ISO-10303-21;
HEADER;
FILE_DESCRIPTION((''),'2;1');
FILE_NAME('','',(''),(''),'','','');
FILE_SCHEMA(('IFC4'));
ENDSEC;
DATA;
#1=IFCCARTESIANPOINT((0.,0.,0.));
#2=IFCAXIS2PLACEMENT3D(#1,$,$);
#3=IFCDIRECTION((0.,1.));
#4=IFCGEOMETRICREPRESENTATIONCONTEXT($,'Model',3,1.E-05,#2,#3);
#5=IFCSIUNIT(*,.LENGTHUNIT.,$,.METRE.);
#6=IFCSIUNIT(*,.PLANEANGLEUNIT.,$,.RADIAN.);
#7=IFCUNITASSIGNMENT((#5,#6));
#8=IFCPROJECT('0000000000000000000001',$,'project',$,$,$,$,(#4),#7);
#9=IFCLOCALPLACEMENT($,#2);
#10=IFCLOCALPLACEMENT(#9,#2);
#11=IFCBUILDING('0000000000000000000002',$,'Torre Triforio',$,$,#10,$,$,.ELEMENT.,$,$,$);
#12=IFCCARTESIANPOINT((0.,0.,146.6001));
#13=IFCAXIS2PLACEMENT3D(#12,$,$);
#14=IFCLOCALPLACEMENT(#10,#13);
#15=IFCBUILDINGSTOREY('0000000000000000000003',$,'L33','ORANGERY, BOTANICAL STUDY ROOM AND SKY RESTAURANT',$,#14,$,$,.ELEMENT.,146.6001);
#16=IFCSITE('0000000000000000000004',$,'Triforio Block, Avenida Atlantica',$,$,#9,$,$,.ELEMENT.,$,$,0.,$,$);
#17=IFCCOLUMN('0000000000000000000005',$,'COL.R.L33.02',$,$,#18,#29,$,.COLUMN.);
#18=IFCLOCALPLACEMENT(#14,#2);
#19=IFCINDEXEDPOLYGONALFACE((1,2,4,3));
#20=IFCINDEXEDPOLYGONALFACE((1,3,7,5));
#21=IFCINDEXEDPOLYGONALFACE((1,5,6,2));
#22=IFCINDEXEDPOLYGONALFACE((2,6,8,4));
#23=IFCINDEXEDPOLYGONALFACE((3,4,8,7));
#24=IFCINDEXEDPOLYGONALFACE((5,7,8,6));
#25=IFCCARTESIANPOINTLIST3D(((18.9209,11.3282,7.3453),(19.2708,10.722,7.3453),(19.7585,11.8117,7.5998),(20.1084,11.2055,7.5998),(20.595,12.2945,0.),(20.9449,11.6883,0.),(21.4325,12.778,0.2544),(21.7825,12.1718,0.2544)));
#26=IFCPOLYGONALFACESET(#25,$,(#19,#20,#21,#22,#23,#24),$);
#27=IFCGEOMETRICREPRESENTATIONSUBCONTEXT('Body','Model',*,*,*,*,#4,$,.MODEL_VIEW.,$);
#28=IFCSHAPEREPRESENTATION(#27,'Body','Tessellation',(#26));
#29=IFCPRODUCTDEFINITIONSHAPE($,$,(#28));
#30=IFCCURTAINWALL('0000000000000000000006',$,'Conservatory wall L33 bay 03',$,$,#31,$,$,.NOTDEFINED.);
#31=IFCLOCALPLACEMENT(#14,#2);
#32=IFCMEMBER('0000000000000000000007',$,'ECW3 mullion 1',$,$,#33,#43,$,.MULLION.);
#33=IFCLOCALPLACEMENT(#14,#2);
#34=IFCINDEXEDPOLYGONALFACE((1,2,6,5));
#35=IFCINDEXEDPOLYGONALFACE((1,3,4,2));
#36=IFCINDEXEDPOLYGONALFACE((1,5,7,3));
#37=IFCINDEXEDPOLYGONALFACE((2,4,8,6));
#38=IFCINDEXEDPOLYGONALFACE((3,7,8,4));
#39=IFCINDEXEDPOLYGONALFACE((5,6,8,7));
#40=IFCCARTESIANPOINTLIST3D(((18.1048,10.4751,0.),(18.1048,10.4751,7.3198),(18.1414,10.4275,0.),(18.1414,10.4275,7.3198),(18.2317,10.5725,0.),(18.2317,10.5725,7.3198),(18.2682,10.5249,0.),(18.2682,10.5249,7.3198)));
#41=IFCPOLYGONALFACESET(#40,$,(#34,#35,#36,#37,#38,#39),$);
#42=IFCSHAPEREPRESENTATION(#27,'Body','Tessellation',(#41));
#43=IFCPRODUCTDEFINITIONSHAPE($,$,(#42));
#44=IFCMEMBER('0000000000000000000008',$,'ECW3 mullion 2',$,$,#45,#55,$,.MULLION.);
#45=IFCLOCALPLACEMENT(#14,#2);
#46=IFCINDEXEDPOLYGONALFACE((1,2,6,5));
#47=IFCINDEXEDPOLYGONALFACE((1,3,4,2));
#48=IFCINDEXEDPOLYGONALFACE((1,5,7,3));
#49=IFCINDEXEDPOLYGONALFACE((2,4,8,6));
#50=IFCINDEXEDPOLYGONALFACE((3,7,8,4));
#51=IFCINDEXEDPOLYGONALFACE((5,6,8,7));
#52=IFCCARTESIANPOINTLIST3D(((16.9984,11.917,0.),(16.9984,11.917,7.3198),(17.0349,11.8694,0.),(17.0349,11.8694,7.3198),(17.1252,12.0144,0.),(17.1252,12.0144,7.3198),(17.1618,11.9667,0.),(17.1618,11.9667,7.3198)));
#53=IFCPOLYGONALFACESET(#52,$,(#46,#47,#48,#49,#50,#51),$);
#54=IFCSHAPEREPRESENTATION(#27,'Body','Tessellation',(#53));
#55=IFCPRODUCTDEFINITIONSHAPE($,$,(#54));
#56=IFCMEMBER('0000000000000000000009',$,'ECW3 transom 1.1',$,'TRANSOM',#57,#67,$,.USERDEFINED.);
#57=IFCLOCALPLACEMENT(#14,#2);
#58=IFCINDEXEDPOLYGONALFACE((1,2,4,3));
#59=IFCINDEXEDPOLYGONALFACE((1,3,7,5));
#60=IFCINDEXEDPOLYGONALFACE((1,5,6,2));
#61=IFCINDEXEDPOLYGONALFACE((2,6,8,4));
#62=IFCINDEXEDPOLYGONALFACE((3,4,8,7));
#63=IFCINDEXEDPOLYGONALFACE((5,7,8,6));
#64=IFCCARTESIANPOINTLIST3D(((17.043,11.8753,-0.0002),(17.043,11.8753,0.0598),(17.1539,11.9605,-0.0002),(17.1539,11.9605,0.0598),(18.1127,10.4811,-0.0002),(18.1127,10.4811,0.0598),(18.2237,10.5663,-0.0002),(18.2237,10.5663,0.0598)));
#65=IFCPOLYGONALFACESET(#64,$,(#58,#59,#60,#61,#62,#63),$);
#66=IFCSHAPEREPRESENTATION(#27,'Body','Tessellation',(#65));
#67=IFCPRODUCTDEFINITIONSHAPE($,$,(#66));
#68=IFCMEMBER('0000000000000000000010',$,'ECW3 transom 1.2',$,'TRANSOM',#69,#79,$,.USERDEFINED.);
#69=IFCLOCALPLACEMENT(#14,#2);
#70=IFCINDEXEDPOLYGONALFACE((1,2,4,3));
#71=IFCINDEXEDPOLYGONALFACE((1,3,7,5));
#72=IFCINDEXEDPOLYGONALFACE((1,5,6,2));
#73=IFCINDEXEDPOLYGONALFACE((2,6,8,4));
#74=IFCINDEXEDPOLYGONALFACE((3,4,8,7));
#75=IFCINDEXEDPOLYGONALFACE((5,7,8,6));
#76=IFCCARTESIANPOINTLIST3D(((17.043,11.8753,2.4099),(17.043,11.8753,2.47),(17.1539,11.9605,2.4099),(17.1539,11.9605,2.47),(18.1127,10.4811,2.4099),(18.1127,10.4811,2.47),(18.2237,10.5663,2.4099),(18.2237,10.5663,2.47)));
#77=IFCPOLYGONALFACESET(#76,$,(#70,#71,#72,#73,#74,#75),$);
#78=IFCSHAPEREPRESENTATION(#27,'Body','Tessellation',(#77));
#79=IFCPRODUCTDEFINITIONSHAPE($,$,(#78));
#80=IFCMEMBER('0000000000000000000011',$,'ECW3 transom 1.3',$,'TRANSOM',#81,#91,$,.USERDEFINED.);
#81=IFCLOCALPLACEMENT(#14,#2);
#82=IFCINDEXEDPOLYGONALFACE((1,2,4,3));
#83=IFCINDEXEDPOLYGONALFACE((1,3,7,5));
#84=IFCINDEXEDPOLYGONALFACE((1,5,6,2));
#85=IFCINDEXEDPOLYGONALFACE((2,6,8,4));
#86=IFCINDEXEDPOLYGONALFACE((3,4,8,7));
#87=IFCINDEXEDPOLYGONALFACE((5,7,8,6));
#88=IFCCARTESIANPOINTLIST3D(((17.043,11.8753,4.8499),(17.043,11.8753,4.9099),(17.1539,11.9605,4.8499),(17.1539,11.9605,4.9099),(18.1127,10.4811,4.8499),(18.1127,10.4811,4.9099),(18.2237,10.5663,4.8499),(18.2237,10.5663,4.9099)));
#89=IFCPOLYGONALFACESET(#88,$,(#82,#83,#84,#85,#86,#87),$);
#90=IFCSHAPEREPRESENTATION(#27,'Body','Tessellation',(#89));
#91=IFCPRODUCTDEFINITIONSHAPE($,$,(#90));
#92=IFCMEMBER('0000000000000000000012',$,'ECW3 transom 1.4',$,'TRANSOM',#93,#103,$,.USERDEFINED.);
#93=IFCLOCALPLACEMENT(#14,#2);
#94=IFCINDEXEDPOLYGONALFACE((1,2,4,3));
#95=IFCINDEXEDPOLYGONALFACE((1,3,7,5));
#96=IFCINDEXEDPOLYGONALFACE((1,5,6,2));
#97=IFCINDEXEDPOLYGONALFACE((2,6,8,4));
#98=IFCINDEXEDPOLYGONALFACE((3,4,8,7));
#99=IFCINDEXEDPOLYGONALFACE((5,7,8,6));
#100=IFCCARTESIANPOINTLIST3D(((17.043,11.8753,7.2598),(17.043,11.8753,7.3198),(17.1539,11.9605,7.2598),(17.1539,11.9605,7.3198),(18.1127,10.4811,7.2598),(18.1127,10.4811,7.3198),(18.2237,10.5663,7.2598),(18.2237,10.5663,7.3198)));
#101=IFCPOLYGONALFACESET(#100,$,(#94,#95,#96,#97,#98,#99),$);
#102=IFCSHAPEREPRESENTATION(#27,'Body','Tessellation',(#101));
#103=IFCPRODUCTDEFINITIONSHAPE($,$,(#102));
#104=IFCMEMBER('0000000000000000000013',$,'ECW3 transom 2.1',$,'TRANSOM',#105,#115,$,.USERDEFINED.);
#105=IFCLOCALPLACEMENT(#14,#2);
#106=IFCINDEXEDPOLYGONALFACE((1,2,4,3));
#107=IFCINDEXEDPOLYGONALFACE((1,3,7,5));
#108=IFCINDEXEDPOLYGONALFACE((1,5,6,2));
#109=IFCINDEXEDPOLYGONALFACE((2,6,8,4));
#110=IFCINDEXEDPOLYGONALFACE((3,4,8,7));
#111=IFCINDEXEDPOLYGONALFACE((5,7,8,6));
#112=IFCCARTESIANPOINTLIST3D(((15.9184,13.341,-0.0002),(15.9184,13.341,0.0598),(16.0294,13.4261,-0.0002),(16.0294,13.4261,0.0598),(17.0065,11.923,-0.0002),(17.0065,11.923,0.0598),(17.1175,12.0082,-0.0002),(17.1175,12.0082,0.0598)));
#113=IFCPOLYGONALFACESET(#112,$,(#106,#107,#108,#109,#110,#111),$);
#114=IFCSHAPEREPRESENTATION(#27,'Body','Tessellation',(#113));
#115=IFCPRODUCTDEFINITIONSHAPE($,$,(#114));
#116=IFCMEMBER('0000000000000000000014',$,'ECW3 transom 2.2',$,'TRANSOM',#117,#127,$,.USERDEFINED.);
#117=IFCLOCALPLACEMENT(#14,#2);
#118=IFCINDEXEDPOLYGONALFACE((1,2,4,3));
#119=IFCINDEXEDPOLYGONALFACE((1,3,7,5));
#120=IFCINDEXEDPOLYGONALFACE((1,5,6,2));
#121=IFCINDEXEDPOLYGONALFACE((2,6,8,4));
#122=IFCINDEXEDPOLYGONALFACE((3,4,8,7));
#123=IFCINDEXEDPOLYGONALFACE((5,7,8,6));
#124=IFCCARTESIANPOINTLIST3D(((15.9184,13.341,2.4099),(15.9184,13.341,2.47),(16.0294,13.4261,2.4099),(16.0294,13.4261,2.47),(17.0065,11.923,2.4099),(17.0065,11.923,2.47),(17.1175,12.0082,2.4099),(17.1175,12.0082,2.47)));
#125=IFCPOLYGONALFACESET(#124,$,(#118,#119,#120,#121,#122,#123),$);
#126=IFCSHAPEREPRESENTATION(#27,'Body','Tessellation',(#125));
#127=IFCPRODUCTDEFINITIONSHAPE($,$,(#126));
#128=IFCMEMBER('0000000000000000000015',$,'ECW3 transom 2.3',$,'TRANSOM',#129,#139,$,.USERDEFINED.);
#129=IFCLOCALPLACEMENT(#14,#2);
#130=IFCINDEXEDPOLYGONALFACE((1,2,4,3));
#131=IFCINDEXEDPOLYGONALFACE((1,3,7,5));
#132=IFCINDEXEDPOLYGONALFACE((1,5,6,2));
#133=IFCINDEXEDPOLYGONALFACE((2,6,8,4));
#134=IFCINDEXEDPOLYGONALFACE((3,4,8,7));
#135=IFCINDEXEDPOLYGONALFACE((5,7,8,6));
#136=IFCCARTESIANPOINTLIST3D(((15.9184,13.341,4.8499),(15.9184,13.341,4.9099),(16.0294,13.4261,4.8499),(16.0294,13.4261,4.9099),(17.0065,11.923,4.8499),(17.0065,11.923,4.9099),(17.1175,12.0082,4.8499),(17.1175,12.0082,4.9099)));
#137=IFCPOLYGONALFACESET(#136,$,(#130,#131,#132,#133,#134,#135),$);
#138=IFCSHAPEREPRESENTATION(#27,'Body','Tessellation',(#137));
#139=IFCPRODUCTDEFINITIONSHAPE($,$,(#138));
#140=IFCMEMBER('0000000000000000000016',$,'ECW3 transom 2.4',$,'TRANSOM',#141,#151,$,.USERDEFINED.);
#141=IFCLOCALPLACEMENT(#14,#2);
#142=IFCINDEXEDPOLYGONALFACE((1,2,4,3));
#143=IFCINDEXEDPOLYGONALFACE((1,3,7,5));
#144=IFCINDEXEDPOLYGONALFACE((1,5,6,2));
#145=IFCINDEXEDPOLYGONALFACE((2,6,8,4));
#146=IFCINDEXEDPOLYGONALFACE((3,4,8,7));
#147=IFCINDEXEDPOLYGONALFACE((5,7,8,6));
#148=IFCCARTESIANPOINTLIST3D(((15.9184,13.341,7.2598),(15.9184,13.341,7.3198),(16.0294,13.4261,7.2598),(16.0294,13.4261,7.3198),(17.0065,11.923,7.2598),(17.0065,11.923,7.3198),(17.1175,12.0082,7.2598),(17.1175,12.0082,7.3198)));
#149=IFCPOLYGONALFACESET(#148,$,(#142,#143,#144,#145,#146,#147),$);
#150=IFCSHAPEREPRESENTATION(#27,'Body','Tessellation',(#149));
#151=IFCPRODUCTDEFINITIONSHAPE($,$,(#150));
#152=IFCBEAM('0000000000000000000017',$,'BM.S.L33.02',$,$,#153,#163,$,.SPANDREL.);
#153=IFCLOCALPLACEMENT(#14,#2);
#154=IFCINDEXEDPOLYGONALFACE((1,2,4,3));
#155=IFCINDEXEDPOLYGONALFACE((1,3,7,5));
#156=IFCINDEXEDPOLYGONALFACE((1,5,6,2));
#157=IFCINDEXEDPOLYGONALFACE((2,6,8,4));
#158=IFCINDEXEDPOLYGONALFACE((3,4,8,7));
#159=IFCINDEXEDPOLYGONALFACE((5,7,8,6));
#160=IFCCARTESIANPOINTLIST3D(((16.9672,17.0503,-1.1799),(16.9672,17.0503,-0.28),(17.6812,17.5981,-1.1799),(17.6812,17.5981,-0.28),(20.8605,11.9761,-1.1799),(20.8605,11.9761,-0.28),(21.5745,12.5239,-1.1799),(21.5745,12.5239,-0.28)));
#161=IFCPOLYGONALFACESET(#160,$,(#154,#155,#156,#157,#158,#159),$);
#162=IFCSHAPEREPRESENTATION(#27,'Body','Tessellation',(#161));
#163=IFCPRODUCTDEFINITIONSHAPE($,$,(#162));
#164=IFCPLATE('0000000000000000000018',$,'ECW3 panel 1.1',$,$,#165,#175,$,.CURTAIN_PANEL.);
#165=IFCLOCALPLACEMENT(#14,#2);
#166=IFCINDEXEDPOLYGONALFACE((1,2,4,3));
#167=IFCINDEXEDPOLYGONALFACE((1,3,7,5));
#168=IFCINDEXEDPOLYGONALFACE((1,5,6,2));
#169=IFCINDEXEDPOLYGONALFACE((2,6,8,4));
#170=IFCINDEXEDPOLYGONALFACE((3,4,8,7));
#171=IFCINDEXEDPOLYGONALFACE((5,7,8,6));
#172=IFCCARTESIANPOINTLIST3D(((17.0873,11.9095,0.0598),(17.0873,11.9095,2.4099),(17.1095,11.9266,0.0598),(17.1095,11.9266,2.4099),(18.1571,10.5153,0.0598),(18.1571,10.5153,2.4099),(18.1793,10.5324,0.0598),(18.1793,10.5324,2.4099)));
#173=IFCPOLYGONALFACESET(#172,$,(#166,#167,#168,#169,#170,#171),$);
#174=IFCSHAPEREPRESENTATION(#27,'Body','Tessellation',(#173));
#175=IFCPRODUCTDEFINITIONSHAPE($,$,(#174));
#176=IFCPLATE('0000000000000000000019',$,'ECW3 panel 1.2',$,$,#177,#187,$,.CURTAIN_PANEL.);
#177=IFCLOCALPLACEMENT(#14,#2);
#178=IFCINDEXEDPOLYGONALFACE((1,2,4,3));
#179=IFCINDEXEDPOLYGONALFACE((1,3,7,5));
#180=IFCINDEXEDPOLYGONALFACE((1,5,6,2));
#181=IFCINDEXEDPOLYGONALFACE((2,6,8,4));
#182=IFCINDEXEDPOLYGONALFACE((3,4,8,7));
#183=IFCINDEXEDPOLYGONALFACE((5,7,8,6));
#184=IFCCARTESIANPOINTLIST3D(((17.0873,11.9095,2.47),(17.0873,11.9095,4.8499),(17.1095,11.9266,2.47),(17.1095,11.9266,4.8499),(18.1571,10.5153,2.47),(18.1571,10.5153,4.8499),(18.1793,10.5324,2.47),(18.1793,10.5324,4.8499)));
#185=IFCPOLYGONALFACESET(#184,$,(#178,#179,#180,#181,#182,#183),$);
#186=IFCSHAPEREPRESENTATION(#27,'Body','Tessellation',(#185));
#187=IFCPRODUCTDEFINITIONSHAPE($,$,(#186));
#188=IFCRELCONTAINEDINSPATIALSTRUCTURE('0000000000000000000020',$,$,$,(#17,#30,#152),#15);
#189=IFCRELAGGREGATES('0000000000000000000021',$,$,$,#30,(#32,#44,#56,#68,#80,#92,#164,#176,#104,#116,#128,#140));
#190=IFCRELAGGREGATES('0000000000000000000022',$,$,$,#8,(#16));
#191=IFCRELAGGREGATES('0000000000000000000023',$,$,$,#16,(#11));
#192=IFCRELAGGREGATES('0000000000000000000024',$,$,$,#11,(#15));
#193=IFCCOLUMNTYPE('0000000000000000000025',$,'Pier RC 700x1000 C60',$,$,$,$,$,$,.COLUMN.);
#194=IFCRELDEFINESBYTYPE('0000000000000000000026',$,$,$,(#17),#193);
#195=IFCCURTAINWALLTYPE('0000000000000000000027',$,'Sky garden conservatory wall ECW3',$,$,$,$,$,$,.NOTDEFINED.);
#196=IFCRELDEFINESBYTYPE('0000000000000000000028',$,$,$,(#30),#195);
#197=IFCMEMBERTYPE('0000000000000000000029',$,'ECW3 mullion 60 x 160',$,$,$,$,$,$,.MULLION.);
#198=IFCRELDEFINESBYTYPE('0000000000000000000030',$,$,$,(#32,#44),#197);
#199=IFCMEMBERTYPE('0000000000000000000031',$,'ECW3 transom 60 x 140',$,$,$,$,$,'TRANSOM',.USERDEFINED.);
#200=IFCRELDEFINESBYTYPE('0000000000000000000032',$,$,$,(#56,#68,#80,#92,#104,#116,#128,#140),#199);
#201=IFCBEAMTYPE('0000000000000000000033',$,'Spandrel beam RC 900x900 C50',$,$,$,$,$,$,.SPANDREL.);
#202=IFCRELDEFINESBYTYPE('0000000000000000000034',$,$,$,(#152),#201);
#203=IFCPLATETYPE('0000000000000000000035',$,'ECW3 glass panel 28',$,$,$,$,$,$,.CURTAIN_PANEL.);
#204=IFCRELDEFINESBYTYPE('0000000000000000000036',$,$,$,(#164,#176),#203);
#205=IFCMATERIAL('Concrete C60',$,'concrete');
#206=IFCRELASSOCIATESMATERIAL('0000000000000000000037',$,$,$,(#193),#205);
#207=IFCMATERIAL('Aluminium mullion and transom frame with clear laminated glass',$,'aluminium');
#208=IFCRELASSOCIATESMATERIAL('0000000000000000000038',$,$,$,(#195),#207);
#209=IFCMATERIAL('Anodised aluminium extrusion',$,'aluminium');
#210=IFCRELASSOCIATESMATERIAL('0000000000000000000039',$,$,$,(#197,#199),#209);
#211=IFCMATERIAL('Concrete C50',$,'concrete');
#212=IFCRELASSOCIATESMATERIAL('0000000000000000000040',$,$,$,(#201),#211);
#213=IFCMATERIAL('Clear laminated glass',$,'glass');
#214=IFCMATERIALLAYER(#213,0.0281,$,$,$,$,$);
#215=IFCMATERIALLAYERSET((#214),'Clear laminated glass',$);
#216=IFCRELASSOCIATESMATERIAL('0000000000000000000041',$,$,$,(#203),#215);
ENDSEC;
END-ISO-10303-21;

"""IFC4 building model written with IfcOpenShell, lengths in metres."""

from ifc_helpers import new_model, si_unit, direction, frame, origin, origin_2d, place, context, subcontext, project, spatial, rectangle, extrude, material, layer, layer_set, material_profile, profile_set, type_object, element, aggregate, save


model = new_model("IFC4")

# Units and contexts
model_context = context("Model", 3, precision=1e-05, world=origin(), true_north=direction((0.0, 1.0)))
body_context = subcontext(model_context, "Body", "Model", "MODEL_VIEW")
ifc_project = project(units=[si_unit("LENGTHUNIT", "METRE"), si_unit("PLANEANGLEUNIT", "RADIAN")], contexts=[model_context])

# Site, building, storey
site_placement = place(None, origin())
site = spatial("IfcSite", under=ifc_project, at=site_placement, Name="Triforio Block, Avenida Atlantica", CompositionType="ELEMENT", RefElevation=0.0)
building_placement = place(site_placement, origin())
building = spatial("IfcBuilding", under=site, at=building_placement, Name="Torre Triforio", CompositionType="ELEMENT")
storey_placement = place(building_placement, frame((0.0, 0.0, 146.6001)))
storey = spatial("IfcBuildingStorey", under=building, at=storey_placement, Name="L33", Description="ORANGERY, BOTANICAL STUDY ROOM AND SKY RESTAURANT", CompositionType="ELEMENT", Elevation=146.6001)

# Column
ifc_material_1 = material(Name="Concrete C60", Category="concrete")
ifc_material_profile_1 = material_profile(ifc_material_1, rectangle(XDim=0.7, YDim=1.0, at=origin_2d()), Name="RC 700x1000")
ifc_profile_set_1 = profile_set([ifc_material_profile_1], Name="Concrete C60")
column_type = type_object("IfcColumnType", Name="Pier RC 700x1000 C60", PredefinedType="COLUMN", material=ifc_profile_set_1)
column_placement = place(storey_placement, frame((21.1887, 12.2332, 0.1272), z_axis=(-0.220402, -0.127221, 0.967077), x_axis=(0.499916, -0.866074, 0.0)))
element("IfcColumn", 1, at=column_placement, inside=storey, type_object=column_type, Name="COL.R.L33.02", PredefinedType="COLUMN", context=body_context, shape_type="SweptSolid", body=[
    extrude(rectangle(XDim=0.7, YDim=1.0, at=origin_2d()), origin(), (0.0, 0.0, 1.0), 7.5955),
])

# Curtain wall, members
ifc_material_2 = material(Name="Aluminium mullion and transom frame with clear laminated glass", Category="aluminium")
curtain_wall_type = type_object("IfcCurtainWallType", Name="Sky garden conservatory wall ECW3", PredefinedType="NOTDEFINED", material=ifc_material_2)
curtain_wall_placement = place(storey_placement, origin())
curtain_wall = element("IfcCurtainWall", 2, at=curtain_wall_placement, inside=storey, type_object=curtain_wall_type, Name="Conservatory wall L33 bay 03", PredefinedType="NOTDEFINED")
ifc_material_3 = material(Name="Anodised aluminium extrusion", Category="aluminium")
ifc_material_profile_2 = material_profile(ifc_material_3, rectangle(XDim=0.1599, YDim=0.0601, at=origin_2d()), Name="ECW3 MULLION 60x160")
ifc_profile_set_2 = profile_set([ifc_material_profile_2], Name="Anodised aluminium extrusion")
member_type_1 = type_object("IfcMemberType", Name="ECW3 mullion 60 x 160", PredefinedType="MULLION", material=ifc_profile_set_2)
member_1_placement = place(storey_placement, frame((18.1865, 10.5, 0.0), z_axis=(0.0, 0.0, 1.0), x_axis=(-0.793352, -0.608763, 0.0)))
member_1 = element("IfcMember", 3, at=member_1_placement, type_object=member_type_1, Name="ECW3 mullion 1", PredefinedType="MULLION", context=body_context, shape_type="SweptSolid", body=[
    extrude(rectangle(XDim=0.1599, YDim=0.0601, at=origin_2d()), origin(), (0.0, 0.0, 1.0), 7.3198),
])
member_2_placement = place(storey_placement, frame((17.0801, 11.9419, 0.0), z_axis=(0.0, 0.0, 1.0), x_axis=(-0.793352, -0.608763, 0.0)))
member_2 = element("IfcMember", 4, at=member_2_placement, type_object=member_type_1, Name="ECW3 mullion 2", PredefinedType="MULLION", context=body_context, shape_type="SweptSolid", body=[
    extrude(rectangle(XDim=0.1599, YDim=0.0601, at=origin_2d()), origin(), (0.0, 0.0, 1.0), 7.3198),
])
ifc_material_profile_3 = material_profile(ifc_material_3, rectangle(XDim=0.1399, YDim=0.0601, at=origin_2d()), Name="ECW3 TRANSOM 60x140")
ifc_profile_set_3 = profile_set([ifc_material_profile_3], Name="Anodised aluminium extrusion")
member_type_2 = type_object("IfcMemberType", Name="ECW3 transom 60 x 140", ElementType="TRANSOM", PredefinedType="USERDEFINED", material=ifc_profile_set_3)
member_3_placement = place(storey_placement, frame((18.1682, 10.5237, 0.0298), z_axis=(-0.608744, 0.793367, 0.0), x_axis=(-0.793367, -0.608744, 0.0)))
member_3 = element("IfcMember", 5, at=member_3_placement, type_object=member_type_2, Name="ECW3 transom 1.1", ObjectType="TRANSOM", PredefinedType="USERDEFINED", context=body_context, shape_type="SweptSolid", body=[
    extrude(rectangle(XDim=0.1399, YDim=0.0601, at=origin_2d()), origin(), (0.0, 0.0, 1.0), 1.7573),
])
member_4_placement = place(storey_placement, frame((18.1682, 10.5237, 2.4399), z_axis=(-0.608744, 0.793367, 0.0), x_axis=(-0.793367, -0.608744, 0.0)))
member_4 = element("IfcMember", 6, at=member_4_placement, type_object=member_type_2, Name="ECW3 transom 1.2", ObjectType="TRANSOM", PredefinedType="USERDEFINED", context=body_context, shape_type="SweptSolid", body=[
    extrude(rectangle(XDim=0.1399, YDim=0.0601, at=origin_2d()), origin(), (0.0, 0.0, 1.0), 1.7573),
])
member_5_placement = place(storey_placement, frame((18.1682, 10.5237, 4.8799), z_axis=(-0.608744, 0.793367, 0.0), x_axis=(-0.793367, -0.608744, 0.0)))
member_5 = element("IfcMember", 7, at=member_5_placement, type_object=member_type_2, Name="ECW3 transom 1.3", ObjectType="TRANSOM", PredefinedType="USERDEFINED", context=body_context, shape_type="SweptSolid", body=[
    extrude(rectangle(XDim=0.1399, YDim=0.0601, at=origin_2d()), origin(), (0.0, 0.0, 1.0), 1.7573),
])
member_6_placement = place(storey_placement, frame((18.1682, 10.5237, 7.2898), z_axis=(-0.608744, 0.793367, 0.0), x_axis=(-0.793367, -0.608744, 0.0)))
member_6 = element("IfcMember", 8, at=member_6_placement, type_object=member_type_2, Name="ECW3 transom 1.4", ObjectType="TRANSOM", PredefinedType="USERDEFINED", context=body_context, shape_type="SweptSolid", body=[
    extrude(rectangle(XDim=0.1399, YDim=0.0601, at=origin_2d()), origin(), (0.0, 0.0, 1.0), 1.7573),
])
member_7_placement = place(storey_placement, frame((17.062, 11.9656, 0.0298), z_axis=(-0.608793, 0.793329, 0.0), x_axis=(-0.793329, -0.608793, 0.0)))
member_7 = element("IfcMember", 9, at=member_7_placement, type_object=member_type_2, Name="ECW3 transom 2.1", ObjectType="TRANSOM", PredefinedType="USERDEFINED", context=body_context, shape_type="SweptSolid", body=[
    extrude(rectangle(XDim=0.1399, YDim=0.0601, at=origin_2d()), origin(), (0.0, 0.0, 1.0), 1.7874),
])
member_8_placement = place(storey_placement, frame((17.062, 11.9656, 2.4399), z_axis=(-0.608793, 0.793329, 0.0), x_axis=(-0.793329, -0.608793, 0.0)))
member_8 = element("IfcMember", 10, at=member_8_placement, type_object=member_type_2, Name="ECW3 transom 2.2", ObjectType="TRANSOM", PredefinedType="USERDEFINED", context=body_context, shape_type="SweptSolid", body=[
    extrude(rectangle(XDim=0.1399, YDim=0.0601, at=origin_2d()), origin(), (0.0, 0.0, 1.0), 1.7874),
])
member_9_placement = place(storey_placement, frame((17.062, 11.9656, 4.8799), z_axis=(-0.608793, 0.793329, 0.0), x_axis=(-0.793329, -0.608793, 0.0)))
member_9 = element("IfcMember", 11, at=member_9_placement, type_object=member_type_2, Name="ECW3 transom 2.3", ObjectType="TRANSOM", PredefinedType="USERDEFINED", context=body_context, shape_type="SweptSolid", body=[
    extrude(rectangle(XDim=0.1399, YDim=0.0601, at=origin_2d()), origin(), (0.0, 0.0, 1.0), 1.7874),
])
member_10_placement = place(storey_placement, frame((17.062, 11.9656, 7.2898), z_axis=(-0.608793, 0.793329, 0.0), x_axis=(-0.793329, -0.608793, 0.0)))
member_10 = element("IfcMember", 12, at=member_10_placement, type_object=member_type_2, Name="ECW3 transom 2.4", ObjectType="TRANSOM", PredefinedType="USERDEFINED", context=body_context, shape_type="SweptSolid", body=[
    extrude(rectangle(XDim=0.1399, YDim=0.0601, at=origin_2d()), origin(), (0.0, 0.0, 1.0), 1.7874),
])

# Beam
ifc_material_4 = material(Name="Concrete C50", Category="concrete")
ifc_material_profile_4 = material_profile(ifc_material_4, rectangle(XDim=0.8999, YDim=0.8999, at=origin_2d()), Name="RC 900x900")
ifc_profile_set_4 = profile_set([ifc_material_profile_4], Name="Concrete C50")
beam_type = type_object("IfcBeamType", Name="Spandrel beam RC 900x900 C50", PredefinedType="SPANDREL", material=ifc_profile_set_4)
beam_placement = place(storey_placement, frame((21.2175, 12.25, -0.73), z_axis=(-0.608734, 0.793374, 0.0), x_axis=(-0.793374, -0.608734, 0.0)))
element("IfcBeam", 13, at=beam_placement, inside=storey, type_object=beam_type, Name="BM.S.L33.02", PredefinedType="SPANDREL", context=body_context, shape_type="SweptSolid", body=[
    extrude(rectangle(XDim=0.8999, YDim=0.8999, at=origin_2d()), origin(), (0.0, 0.0, 1.0), 6.3958),
])

# Plates
ifc_material_5 = material(Name="Clear laminated glass", Category="glass")
ifc_layer_1 = layer(ifc_material_5, 0.0281)
ifc_layer_set_1 = layer_set([ifc_layer_1], Name="Clear laminated glass")
plate_type = type_object("IfcPlateType", Name="ECW3 glass panel 28", PredefinedType="CURTAIN_PANEL", material=ifc_layer_set_1)
plate_1_placement = place(storey_placement, frame((17.6333, 11.2209, 0.0598), z_axis=(0.0, 0.0, 1.0), x_axis=(-0.608763, 0.793352, 0.0)))
plate_1 = element("IfcPlate", 14, at=plate_1_placement, type_object=plate_type, Name="ECW3 panel 1.1", PredefinedType="CURTAIN_PANEL", context=body_context, shape_type="SweptSolid", body=[
    extrude(rectangle(XDim=1.7573, YDim=0.0281, at=origin_2d()), origin(), (0.0, 0.0, 1.0), 2.3501),
])
plate_2_placement = place(storey_placement, frame((17.6333, 11.2209, 2.47), z_axis=(0.0, 0.0, 1.0), x_axis=(-0.608763, 0.793352, 0.0)))
plate_2 = element("IfcPlate", 15, at=plate_2_placement, type_object=plate_type, Name="ECW3 panel 1.2", PredefinedType="CURTAIN_PANEL", context=body_context, shape_type="SweptSolid", body=[
    extrude(rectangle(XDim=1.7573, YDim=0.0281, at=origin_2d()), origin(), (0.0, 0.0, 1.0), 2.3799),
])
aggregate(curtain_wall, [member_1, member_2, member_3, member_4, member_5, member_6, plate_1, plate_2, member_7, member_8, member_9, member_10])

save(model, "model.ifc")
